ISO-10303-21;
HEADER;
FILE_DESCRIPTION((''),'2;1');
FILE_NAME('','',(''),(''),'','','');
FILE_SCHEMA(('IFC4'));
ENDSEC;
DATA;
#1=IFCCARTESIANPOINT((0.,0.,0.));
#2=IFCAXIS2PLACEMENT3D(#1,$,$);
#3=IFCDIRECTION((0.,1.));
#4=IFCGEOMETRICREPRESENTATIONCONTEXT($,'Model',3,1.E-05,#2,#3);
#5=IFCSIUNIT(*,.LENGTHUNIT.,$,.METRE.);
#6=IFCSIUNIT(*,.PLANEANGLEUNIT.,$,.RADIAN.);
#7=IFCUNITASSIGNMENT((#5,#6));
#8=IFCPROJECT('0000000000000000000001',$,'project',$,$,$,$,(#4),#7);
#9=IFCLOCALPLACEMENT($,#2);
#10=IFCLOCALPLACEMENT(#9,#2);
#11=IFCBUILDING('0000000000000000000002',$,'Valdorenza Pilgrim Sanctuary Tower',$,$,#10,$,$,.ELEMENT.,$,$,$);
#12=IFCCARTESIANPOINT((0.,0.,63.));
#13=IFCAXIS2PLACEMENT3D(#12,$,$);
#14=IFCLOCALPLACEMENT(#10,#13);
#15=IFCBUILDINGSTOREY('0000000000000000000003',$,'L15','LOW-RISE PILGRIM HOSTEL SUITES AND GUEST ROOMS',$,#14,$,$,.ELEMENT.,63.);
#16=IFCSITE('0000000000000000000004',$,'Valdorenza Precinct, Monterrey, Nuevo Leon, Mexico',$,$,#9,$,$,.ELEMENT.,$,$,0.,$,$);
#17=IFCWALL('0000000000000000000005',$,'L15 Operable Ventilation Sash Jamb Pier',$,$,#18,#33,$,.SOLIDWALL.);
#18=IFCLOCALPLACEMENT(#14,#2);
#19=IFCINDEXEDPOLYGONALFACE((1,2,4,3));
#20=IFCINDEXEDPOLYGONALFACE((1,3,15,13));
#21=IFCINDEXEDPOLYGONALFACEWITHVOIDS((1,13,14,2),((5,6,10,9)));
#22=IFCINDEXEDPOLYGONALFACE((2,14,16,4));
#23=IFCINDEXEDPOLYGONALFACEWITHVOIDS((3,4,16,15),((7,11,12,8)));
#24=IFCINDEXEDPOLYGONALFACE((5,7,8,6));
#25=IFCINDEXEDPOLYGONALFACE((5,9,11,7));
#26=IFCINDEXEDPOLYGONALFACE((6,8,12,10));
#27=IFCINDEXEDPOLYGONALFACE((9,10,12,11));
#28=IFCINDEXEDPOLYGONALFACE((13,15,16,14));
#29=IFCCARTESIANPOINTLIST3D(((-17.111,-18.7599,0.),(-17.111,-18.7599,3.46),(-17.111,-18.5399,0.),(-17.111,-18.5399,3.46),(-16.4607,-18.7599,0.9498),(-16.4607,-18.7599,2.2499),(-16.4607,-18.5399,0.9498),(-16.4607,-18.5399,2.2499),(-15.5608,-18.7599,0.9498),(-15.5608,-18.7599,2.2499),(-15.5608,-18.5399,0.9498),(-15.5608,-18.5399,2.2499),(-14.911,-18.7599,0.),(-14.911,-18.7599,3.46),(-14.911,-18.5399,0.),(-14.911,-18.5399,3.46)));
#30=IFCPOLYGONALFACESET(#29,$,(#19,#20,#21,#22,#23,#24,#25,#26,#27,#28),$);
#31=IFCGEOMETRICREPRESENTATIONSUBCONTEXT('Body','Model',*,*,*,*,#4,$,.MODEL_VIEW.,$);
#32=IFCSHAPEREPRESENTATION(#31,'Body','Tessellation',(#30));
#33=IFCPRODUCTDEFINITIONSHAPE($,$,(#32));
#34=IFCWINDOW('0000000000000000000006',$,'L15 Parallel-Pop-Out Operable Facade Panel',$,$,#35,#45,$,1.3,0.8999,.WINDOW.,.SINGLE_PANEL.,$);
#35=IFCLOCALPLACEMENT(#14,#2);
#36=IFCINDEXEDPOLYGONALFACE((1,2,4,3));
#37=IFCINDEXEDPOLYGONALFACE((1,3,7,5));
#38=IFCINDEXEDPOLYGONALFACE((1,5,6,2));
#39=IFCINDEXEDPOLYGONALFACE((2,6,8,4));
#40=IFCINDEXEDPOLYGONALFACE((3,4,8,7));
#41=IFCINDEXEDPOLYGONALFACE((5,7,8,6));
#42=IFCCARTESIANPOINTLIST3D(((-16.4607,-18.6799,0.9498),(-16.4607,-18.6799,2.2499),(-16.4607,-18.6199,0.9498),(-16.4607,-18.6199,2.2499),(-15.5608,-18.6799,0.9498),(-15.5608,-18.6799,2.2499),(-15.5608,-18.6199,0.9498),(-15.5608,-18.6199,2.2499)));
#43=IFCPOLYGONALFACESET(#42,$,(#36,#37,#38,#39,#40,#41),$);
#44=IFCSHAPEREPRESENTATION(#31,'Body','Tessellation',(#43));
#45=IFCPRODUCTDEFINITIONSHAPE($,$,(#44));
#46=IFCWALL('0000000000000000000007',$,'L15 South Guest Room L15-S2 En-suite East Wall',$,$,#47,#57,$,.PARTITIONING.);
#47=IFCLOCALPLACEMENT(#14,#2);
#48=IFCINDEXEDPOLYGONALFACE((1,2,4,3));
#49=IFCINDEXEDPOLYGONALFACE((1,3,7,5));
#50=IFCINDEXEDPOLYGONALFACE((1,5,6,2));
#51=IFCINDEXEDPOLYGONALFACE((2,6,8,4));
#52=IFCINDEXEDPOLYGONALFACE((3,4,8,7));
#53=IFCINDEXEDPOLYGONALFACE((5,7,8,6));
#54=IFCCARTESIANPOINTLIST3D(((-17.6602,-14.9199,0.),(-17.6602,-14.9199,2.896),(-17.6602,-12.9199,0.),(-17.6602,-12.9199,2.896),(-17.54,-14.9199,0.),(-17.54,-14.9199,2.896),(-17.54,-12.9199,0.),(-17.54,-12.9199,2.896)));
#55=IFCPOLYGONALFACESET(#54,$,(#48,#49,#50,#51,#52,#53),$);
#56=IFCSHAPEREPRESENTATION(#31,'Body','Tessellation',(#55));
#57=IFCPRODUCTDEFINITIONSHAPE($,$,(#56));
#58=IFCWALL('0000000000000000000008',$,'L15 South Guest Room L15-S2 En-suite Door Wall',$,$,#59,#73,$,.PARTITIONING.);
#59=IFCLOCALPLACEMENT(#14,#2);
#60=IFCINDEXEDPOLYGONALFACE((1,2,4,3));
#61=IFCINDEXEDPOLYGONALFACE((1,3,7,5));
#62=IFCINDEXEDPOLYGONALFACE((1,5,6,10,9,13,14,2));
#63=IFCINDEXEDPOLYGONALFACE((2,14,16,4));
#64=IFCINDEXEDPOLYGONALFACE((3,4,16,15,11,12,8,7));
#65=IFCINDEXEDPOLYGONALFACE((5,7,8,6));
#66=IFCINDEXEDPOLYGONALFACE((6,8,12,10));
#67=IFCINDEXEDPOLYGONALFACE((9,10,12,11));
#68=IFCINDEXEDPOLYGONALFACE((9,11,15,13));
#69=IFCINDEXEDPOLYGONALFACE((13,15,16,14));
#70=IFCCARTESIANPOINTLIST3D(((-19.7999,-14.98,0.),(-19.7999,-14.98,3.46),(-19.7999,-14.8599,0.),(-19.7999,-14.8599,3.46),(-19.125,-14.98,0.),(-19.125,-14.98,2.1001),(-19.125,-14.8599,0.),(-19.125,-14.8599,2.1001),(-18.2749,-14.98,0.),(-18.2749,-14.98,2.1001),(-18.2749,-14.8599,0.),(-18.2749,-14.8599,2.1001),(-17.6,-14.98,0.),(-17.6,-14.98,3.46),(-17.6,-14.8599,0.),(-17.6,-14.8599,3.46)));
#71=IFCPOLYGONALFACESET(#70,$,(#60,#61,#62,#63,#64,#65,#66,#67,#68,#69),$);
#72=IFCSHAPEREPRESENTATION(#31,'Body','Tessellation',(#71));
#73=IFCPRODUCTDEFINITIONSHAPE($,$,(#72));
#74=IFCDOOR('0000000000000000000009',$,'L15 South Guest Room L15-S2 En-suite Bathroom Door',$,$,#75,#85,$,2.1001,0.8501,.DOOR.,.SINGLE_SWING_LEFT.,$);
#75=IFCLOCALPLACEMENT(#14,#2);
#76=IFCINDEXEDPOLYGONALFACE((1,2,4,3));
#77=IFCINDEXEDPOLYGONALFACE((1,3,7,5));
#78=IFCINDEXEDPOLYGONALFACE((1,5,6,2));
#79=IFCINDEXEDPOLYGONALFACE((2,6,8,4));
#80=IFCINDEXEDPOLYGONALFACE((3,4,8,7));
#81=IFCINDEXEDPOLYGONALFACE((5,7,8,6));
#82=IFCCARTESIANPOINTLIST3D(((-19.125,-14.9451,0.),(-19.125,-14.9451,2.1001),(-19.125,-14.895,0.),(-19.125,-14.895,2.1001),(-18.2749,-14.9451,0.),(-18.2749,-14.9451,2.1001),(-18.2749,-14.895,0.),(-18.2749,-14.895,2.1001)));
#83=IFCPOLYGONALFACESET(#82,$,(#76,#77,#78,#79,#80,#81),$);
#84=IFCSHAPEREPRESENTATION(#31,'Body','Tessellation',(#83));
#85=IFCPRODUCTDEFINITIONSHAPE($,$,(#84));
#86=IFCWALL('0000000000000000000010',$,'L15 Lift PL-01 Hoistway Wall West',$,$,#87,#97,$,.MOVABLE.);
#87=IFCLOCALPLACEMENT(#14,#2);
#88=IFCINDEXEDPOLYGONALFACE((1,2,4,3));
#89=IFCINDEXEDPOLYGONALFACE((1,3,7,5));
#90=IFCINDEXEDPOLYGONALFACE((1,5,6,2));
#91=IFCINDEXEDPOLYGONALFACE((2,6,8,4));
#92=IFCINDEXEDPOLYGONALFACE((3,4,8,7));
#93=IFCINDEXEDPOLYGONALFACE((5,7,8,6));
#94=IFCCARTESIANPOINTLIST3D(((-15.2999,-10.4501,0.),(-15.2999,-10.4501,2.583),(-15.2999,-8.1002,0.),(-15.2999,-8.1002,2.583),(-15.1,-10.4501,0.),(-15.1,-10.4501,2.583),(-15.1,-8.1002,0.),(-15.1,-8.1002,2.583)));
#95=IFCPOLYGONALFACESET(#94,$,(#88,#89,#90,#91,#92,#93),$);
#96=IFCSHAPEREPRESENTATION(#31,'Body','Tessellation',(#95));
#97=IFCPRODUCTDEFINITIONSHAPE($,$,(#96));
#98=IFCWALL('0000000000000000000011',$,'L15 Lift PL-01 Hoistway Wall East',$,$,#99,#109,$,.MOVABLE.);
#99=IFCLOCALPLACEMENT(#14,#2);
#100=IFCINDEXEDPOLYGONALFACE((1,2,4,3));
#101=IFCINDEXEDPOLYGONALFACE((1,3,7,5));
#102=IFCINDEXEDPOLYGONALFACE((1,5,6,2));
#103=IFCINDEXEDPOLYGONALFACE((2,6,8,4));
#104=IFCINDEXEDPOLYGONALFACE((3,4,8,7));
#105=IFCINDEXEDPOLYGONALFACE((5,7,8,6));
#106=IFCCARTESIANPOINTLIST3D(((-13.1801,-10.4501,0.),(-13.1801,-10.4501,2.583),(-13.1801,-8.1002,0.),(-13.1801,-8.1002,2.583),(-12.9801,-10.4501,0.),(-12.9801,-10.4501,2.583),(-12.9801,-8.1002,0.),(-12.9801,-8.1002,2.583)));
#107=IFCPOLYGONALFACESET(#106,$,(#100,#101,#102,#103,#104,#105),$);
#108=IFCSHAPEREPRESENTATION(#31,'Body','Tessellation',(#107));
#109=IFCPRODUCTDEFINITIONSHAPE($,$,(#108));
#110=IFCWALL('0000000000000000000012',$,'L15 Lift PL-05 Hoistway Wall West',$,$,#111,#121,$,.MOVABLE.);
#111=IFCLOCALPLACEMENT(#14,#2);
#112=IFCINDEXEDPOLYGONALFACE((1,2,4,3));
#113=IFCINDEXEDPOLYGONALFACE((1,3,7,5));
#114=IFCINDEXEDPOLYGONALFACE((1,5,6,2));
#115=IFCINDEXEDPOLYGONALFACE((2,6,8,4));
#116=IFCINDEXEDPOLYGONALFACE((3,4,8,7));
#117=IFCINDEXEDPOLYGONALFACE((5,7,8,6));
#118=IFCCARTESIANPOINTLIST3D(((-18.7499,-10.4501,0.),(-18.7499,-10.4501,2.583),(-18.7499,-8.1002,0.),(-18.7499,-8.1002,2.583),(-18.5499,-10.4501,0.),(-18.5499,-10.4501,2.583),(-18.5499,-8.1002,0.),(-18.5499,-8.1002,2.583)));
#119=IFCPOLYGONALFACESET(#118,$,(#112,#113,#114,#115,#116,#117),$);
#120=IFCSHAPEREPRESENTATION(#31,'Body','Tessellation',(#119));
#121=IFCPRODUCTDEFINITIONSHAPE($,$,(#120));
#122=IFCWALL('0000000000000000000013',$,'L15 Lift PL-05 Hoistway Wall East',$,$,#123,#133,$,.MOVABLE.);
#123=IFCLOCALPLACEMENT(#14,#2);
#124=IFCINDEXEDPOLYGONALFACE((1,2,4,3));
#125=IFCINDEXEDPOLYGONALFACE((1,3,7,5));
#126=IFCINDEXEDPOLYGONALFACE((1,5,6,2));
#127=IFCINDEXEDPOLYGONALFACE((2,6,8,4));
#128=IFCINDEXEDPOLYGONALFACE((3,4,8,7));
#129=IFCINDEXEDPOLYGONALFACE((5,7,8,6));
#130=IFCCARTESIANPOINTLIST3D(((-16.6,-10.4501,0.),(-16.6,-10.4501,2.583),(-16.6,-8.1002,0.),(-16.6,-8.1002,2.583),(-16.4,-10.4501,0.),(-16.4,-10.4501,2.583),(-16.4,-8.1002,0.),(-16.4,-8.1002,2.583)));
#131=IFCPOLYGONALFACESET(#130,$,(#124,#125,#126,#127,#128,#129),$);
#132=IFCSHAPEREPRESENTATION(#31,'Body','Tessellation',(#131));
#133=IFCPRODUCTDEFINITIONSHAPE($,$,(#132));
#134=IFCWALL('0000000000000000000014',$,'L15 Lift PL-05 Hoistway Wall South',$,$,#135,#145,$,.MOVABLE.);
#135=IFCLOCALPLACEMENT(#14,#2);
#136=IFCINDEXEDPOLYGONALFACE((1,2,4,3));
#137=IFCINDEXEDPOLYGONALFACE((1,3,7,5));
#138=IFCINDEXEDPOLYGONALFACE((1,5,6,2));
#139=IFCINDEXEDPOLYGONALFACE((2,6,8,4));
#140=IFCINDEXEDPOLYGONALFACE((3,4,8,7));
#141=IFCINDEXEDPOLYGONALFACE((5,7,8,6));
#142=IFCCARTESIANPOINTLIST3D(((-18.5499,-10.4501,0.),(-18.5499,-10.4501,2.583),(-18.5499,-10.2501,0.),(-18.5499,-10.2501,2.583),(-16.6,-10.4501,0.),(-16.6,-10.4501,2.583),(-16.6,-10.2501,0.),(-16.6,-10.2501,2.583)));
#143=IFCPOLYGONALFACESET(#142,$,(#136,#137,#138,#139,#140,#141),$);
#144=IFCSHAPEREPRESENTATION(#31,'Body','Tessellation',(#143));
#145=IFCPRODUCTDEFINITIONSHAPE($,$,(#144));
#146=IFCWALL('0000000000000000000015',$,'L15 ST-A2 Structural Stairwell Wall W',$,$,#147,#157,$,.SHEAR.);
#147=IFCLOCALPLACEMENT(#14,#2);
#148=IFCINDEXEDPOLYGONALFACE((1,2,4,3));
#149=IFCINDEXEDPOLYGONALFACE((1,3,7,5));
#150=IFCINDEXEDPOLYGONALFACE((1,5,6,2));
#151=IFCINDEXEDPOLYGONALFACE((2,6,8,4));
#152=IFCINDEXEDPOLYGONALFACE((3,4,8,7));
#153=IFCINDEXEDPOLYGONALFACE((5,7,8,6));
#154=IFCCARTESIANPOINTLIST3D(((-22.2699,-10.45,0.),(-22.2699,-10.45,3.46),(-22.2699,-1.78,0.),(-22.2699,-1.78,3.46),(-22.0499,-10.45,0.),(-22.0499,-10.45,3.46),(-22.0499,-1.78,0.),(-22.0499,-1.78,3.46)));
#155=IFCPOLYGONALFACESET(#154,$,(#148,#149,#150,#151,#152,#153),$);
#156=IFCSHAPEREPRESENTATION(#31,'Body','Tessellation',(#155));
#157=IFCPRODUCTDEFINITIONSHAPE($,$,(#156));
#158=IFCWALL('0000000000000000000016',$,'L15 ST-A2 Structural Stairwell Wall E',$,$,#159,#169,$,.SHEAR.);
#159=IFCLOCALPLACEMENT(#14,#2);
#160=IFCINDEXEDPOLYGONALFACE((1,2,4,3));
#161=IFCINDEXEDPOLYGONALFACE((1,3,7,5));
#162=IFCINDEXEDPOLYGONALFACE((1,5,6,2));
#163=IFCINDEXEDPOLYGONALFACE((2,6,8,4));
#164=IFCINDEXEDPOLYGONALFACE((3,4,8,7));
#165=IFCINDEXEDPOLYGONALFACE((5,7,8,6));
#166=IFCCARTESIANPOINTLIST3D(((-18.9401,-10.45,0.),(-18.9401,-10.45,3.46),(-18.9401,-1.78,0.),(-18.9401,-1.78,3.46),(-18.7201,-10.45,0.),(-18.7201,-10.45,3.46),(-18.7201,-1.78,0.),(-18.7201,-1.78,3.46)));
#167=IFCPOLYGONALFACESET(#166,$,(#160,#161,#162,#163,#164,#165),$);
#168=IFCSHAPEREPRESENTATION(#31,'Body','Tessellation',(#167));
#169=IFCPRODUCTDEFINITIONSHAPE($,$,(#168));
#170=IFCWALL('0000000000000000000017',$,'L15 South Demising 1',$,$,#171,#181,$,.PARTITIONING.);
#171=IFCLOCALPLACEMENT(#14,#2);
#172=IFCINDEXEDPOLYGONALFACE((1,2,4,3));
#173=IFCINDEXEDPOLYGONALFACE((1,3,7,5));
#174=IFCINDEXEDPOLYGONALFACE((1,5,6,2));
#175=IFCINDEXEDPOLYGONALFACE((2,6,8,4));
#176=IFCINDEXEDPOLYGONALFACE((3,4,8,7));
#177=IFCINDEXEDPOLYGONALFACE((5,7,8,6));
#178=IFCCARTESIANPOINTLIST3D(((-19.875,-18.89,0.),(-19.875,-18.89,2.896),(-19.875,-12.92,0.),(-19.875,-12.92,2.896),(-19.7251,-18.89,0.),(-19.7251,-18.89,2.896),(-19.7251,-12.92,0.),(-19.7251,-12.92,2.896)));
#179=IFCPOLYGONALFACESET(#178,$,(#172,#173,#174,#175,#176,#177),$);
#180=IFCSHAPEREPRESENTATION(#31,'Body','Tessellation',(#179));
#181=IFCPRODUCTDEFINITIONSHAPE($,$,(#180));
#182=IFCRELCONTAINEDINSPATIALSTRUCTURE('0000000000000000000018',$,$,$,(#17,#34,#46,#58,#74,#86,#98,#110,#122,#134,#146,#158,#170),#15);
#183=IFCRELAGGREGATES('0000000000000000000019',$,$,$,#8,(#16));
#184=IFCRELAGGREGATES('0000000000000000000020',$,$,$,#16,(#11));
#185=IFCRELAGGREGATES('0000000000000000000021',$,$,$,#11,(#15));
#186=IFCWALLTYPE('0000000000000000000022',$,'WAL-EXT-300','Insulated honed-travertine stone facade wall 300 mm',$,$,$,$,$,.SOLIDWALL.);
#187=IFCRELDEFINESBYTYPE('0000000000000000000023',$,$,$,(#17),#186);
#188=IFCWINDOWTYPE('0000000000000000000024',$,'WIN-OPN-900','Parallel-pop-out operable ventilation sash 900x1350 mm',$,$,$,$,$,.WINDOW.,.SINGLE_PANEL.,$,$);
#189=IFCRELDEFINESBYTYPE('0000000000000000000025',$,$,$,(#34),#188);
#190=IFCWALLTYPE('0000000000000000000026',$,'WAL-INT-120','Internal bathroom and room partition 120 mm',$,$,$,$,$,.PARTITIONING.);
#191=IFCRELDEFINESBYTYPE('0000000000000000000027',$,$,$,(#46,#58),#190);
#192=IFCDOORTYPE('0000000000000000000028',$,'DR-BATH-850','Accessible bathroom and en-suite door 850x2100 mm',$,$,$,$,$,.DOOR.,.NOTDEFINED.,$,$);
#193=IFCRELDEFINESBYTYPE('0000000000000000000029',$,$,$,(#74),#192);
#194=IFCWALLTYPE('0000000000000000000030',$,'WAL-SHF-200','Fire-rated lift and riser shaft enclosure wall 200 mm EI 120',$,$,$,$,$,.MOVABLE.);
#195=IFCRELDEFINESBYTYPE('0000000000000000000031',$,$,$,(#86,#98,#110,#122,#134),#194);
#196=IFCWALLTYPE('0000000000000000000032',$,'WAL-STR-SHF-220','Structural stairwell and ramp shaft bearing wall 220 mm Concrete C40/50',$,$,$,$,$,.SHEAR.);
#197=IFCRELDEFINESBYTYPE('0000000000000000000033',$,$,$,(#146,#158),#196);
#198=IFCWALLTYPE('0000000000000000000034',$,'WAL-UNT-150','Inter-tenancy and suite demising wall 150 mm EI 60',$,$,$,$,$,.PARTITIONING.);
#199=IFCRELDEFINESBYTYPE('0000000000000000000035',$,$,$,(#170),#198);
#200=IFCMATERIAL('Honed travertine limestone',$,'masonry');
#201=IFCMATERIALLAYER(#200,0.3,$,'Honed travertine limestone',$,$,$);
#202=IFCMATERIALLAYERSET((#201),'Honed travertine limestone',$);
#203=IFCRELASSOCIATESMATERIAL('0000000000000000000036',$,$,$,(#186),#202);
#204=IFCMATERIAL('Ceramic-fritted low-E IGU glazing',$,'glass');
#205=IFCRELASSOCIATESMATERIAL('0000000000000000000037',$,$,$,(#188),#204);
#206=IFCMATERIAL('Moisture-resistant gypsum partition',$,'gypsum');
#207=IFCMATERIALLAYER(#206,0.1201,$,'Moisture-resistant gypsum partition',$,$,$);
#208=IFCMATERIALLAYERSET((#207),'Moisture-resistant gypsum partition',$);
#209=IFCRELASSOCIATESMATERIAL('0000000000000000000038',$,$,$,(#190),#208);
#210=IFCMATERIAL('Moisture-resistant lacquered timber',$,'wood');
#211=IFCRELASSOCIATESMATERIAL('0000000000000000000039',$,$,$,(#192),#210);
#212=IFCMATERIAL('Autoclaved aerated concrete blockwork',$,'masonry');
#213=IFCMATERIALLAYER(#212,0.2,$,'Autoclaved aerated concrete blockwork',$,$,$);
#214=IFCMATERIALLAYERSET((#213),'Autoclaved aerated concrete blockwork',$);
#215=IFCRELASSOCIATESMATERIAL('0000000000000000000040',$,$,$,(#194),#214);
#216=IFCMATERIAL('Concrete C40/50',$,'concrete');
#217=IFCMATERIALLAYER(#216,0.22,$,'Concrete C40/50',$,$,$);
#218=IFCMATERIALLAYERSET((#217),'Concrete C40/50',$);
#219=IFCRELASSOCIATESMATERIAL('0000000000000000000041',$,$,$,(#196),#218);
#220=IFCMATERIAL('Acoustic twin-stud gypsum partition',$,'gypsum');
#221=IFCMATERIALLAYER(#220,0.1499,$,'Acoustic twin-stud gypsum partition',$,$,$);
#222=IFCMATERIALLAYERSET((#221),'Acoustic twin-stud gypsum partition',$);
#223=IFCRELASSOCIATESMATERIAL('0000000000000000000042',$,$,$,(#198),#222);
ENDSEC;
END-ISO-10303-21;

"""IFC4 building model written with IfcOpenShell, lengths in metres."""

from ifc_helpers import new_model, si_unit, direction, frame, frame_2d, origin, place, context, subcontext, project, spatial, rectangle, extrude, material, layer, layer_set, type_object, element, fill, save


model = new_model("IFC4")

# Units and contexts
model_context = context("Model", 3, precision=1e-05, world=origin(), true_north=direction((0.0, 1.0)))
body_context = subcontext(model_context, "Body", "Model", "MODEL_VIEW")
ifc_project = project(units=[si_unit("LENGTHUNIT", "METRE"), si_unit("PLANEANGLEUNIT", "RADIAN")], contexts=[model_context])

# Site, building, storey
site_placement = place(None, origin())
site = spatial("IfcSite", under=ifc_project, at=site_placement, Name="Valdorenza Precinct, Monterrey, Nuevo Leon, Mexico", CompositionType="ELEMENT", RefElevation=0.0)
building_placement = place(site_placement, origin())
building = spatial("IfcBuilding", under=site, at=building_placement, Name="Valdorenza Pilgrim Sanctuary Tower", CompositionType="ELEMENT")
storey_placement = place(building_placement, frame((0.0, 0.0, 63.0)))
storey = spatial("IfcBuildingStorey", under=building, at=storey_placement, Name="L15", Description="LOW-RISE PILGRIM HOSTEL SUITES AND GUEST ROOMS", CompositionType="ELEMENT", Elevation=63.0)

# Shared definitions
ifc_material_1 = material(Name="Ceramic-fritted low-E IGU glazing", Category="glass")
ifc_material_2 = material(Name="Honed travertine limestone", Category="masonry")

# Shared definitions
ifc_layer_1 = layer(ifc_material_2, 0.3, Name="Honed travertine limestone")
ifc_layer_set_1 = layer_set([ifc_layer_1], Name="Honed travertine limestone")
wall_type_1 = type_object("IfcWallType", Name="WAL-EXT-300", Description="Insulated honed-travertine stone facade wall 300 mm", PredefinedType="SOLIDWALL", material=ifc_layer_set_1)

# Wall, opening, window
wall_1_placement = place(storey_placement, frame((-14.9109, -18.6499, 0.0), z_axis=(0.0, 0.0, 1.0), x_axis=(-1.0, 0.0, 0.0)))
wall_1 = element("IfcWall", 1, at=wall_1_placement, inside=storey, type_object=wall_type_1, Name="L15 Operable Ventilation Sash Jamb Pier", PredefinedType="SOLIDWALL", context=body_context, shape_type="SweptSolid", body=[
    extrude(rectangle(XDim=2.2, YDim=0.22, at=frame_2d((1.1001, 0.0))), origin(), (0.0, 0.0, 1.0), 3.46),
])
opening_1_placement = place(wall_1_placement, frame((0.6499, 0.0, 0.95)))
opening_1 = element("IfcOpeningElement", 2, at=opening_1_placement, cuts=wall_1, PredefinedType="OPENING", context=body_context, shape_type="SweptSolid", body=[
    extrude(rectangle(XDim=0.8999, YDim=1.3, at=frame_2d((0.45, 0.6499))), frame((0.0, 0.125, 0.0), z_axis=(0.0, -1.0, 0.0), x_axis=(1.0, 0.0, 0.0)), (0.0, 0.0, 1.0), 0.2498),
])
window_type = type_object("IfcWindowType", Name="WIN-OPN-900", Description="Parallel-pop-out operable ventilation sash 900x1350 mm", PartitioningType="SINGLE_PANEL", PredefinedType="WINDOW", material=ifc_material_1)
window_placement = place(opening_1_placement, origin())
window = element("IfcWindow", 3, at=window_placement, inside=storey, type_object=window_type, Name="L15 Parallel-Pop-Out Operable Facade Panel", OverallHeight=1.3, OverallWidth=0.8999, PartitioningType="SINGLE_PANEL", PredefinedType="WINDOW", context=body_context, shape_type="SweptSolid", body=[
    extrude(rectangle(XDim=0.8999, YDim=1.3, at=frame_2d((0.45, 0.6499))), frame((0.0, 0.03, 0.0), z_axis=(0.0, -1.0, 0.0), x_axis=(1.0, 0.0, 0.0)), (0.0, 0.0, 1.0), 0.0601),
])
fill(opening_1, window)

# Wall
ifc_material_3 = material(Name="Moisture-resistant gypsum partition", Category="gypsum")
ifc_layer_2 = layer(ifc_material_3, 0.1201, Name="Moisture-resistant gypsum partition")
ifc_layer_set_2 = layer_set([ifc_layer_2], Name="Moisture-resistant gypsum partition")
wall_type_2 = type_object("IfcWallType", Name="WAL-INT-120", Description="Internal bathroom and room partition 120 mm", PredefinedType="PARTITIONING", material=ifc_layer_set_2)
wall_2_placement = place(storey_placement, frame((-17.6001, -14.9199, 0.0), z_axis=(0.0, 0.0, 1.0), x_axis=(0.0, 1.0, 0.0)))
element("IfcWall", 4, at=wall_2_placement, inside=storey, type_object=wall_type_2, Name="L15 South Guest Room L15-S2 En-suite East Wall", PredefinedType="PARTITIONING", context=body_context, shape_type="SweptSolid", body=[
    extrude(rectangle(XDim=2.0, YDim=0.1201, at=frame_2d((1.0, 0.0))), origin(), (0.0, 0.0, 1.0), 2.896),
])

# Wall, opening, door
wall_3_placement = place(storey_placement, frame((-19.8, -14.9199, 0.0), z_axis=(0.0, 0.0, 1.0), x_axis=(1.0, 0.0, 0.0)))
wall_3 = element("IfcWall", 5, at=wall_3_placement, inside=storey, type_object=wall_type_2, Name="L15 South Guest Room L15-S2 En-suite Door Wall", PredefinedType="PARTITIONING", context=body_context, shape_type="SweptSolid", body=[
    extrude(rectangle(XDim=2.2, YDim=0.1201, at=frame_2d((1.1001, 0.0))), origin(), (0.0, 0.0, 1.0), 3.46),
])
opening_2_placement = place(wall_3_placement, frame((0.675, 0.0, 0.0)))
opening_2 = element("IfcOpeningElement", 6, at=opening_2_placement, cuts=wall_3, PredefinedType="OPENING", context=body_context, shape_type="SweptSolid", body=[
    extrude(rectangle(XDim=0.8501, YDim=2.1001, at=frame_2d((0.425, 1.05))), frame((0.0, 0.075, 0.0), z_axis=(0.0, -1.0, 0.0), x_axis=(1.0, 0.0, 0.0)), (0.0, 0.0, 1.0), 0.1499),
])
ifc_material_4 = material(Name="Moisture-resistant lacquered timber", Category="wood")
door_type = type_object("IfcDoorType", Name="DR-BATH-850", Description="Accessible bathroom and en-suite door 850x2100 mm", OperationType="NOTDEFINED", PredefinedType="DOOR", material=ifc_material_4)
door_placement = place(opening_2_placement, origin())
door = element("IfcDoor", 7, at=door_placement, inside=storey, type_object=door_type, Name="L15 South Guest Room L15-S2 En-suite Bathroom Door", OperationType="SINGLE_SWING_LEFT", OverallHeight=2.1001, OverallWidth=0.8501, PredefinedType="DOOR", context=body_context, shape_type="SweptSolid", body=[
    extrude(rectangle(XDim=0.8501, YDim=2.1001, at=frame_2d((0.425, 1.05))), frame((0.0, 0.0249, 0.0), z_axis=(0.0, -1.0, 0.0), x_axis=(1.0, 0.0, 0.0)), (0.0, 0.0, 1.0), 0.05),
])
fill(opening_2, door)

# Walls
ifc_material_5 = material(Name="Autoclaved aerated concrete blockwork", Category="masonry")
ifc_layer_3 = layer(ifc_material_5, 0.2, Name="Autoclaved aerated concrete blockwork")
ifc_layer_set_3 = layer_set([ifc_layer_3], Name="Autoclaved aerated concrete blockwork")
wall_type_3 = type_object("IfcWallType", Name="WAL-SHF-200", Description="Fire-rated lift and riser shaft enclosure wall 200 mm EI 120", PredefinedType="MOVABLE", material=ifc_layer_set_3)
for number, where, z_axis, x_axis, name in (
    (8, (-15.2, -10.45, 0.0), (0.0, 0.0, 1.0), (0.0, 1.0, 0.0), "L15 Lift PL-01 Hoistway Wall West"),
    (9, (-13.0801, -10.45, 0.0), (0.0, 0.0, 1.0), (0.0, 1.0, 0.0), "L15 Lift PL-01 Hoistway Wall East"),
    (10, (-18.6499, -10.45, 0.0), (0.0, 0.0, 1.0), (0.0, 1.0, 0.0), "L15 Lift PL-05 Hoistway Wall West"),
    (11, (-16.5, -10.45, 0.0), (0.0, 0.0, 1.0), (0.0, 1.0, 0.0), "L15 Lift PL-05 Hoistway Wall East"),
):
    element("IfcWall", number, at=place(storey_placement, frame(where, z_axis=z_axis, x_axis=x_axis)), inside=storey, type_object=wall_type_3, Name=name, PredefinedType="MOVABLE", context=body_context, shape_type="SweptSolid", body=[
        extrude(rectangle(XDim=2.3499, YDim=0.2, at=frame_2d((1.1748, 0.0))), origin(), (0.0, 0.0, 1.0), 2.583),
    ])
wall_4_placement = place(storey_placement, frame((-18.55, -10.3501, 0.0), z_axis=(0.0, 0.0, 1.0), x_axis=(1.0, 0.0, 0.0)))
element("IfcWall", 12, at=wall_4_placement, inside=storey, type_object=wall_type_3, Name="L15 Lift PL-05 Hoistway Wall South", PredefinedType="MOVABLE", context=body_context, shape_type="SweptSolid", body=[
    extrude(rectangle(XDim=1.95, YDim=0.2, at=frame_2d((0.9751, 0.0))), origin(), (0.0, 0.0, 1.0), 2.583),
])
ifc_material_6 = material(Name="Concrete C40/50", Category="concrete")
ifc_layer_4 = layer(ifc_material_6, 0.22, Name="Concrete C40/50")
ifc_layer_set_4 = layer_set([ifc_layer_4], Name="Concrete C40/50")
wall_type_4 = type_object("IfcWallType", Name="WAL-STR-SHF-220", Description="Structural stairwell and ramp shaft bearing wall 220 mm Concrete C40/50", PredefinedType="SHEAR", material=ifc_layer_set_4)
for number, where, z_axis, x_axis, name in (
    (13, (-22.1599, -10.45, 0.0), (0.0, 0.0, 1.0), (0.0, 1.0, 0.0), "L15 ST-A2 Structural Stairwell Wall W"),
    (14, (-18.8301, -10.45, 0.0), (0.0, 0.0, 1.0), (0.0, 1.0, 0.0), "L15 ST-A2 Structural Stairwell Wall E"),
):
    element("IfcWall", number, at=place(storey_placement, frame(where, z_axis=z_axis, x_axis=x_axis)), inside=storey, type_object=wall_type_4, Name=name, PredefinedType="SHEAR", context=body_context, shape_type="SweptSolid", body=[
        extrude(rectangle(XDim=8.6699, YDim=0.22, at=frame_2d((4.335, 0.0))), origin(), (0.0, 0.0, 1.0), 3.46),
    ])
ifc_material_7 = material(Name="Acoustic twin-stud gypsum partition", Category="gypsum")
ifc_layer_5 = layer(ifc_material_7, 0.1499, Name="Acoustic twin-stud gypsum partition")
ifc_layer_set_5 = layer_set([ifc_layer_5], Name="Acoustic twin-stud gypsum partition")
wall_type_5 = type_object("IfcWallType", Name="WAL-UNT-150", Description="Inter-tenancy and suite demising wall 150 mm EI 60", PredefinedType="PARTITIONING", material=ifc_layer_set_5)
wall_5_placement = place(storey_placement, frame((-19.8, -18.8899, 0.0), z_axis=(0.0, 0.0, 1.0), x_axis=(0.0, 1.0, 0.0)))
element("IfcWall", 15, at=wall_5_placement, inside=storey, type_object=wall_type_5, Name="L15 South Demising 1", PredefinedType="PARTITIONING", context=body_context, shape_type="SweptSolid", body=[
    extrude(rectangle(XDim=5.97, YDim=0.1499, at=frame_2d((2.9849, 0.0))), origin(), (0.0, 0.0, 1.0), 2.896),
])

save(model, "model.ifc")
